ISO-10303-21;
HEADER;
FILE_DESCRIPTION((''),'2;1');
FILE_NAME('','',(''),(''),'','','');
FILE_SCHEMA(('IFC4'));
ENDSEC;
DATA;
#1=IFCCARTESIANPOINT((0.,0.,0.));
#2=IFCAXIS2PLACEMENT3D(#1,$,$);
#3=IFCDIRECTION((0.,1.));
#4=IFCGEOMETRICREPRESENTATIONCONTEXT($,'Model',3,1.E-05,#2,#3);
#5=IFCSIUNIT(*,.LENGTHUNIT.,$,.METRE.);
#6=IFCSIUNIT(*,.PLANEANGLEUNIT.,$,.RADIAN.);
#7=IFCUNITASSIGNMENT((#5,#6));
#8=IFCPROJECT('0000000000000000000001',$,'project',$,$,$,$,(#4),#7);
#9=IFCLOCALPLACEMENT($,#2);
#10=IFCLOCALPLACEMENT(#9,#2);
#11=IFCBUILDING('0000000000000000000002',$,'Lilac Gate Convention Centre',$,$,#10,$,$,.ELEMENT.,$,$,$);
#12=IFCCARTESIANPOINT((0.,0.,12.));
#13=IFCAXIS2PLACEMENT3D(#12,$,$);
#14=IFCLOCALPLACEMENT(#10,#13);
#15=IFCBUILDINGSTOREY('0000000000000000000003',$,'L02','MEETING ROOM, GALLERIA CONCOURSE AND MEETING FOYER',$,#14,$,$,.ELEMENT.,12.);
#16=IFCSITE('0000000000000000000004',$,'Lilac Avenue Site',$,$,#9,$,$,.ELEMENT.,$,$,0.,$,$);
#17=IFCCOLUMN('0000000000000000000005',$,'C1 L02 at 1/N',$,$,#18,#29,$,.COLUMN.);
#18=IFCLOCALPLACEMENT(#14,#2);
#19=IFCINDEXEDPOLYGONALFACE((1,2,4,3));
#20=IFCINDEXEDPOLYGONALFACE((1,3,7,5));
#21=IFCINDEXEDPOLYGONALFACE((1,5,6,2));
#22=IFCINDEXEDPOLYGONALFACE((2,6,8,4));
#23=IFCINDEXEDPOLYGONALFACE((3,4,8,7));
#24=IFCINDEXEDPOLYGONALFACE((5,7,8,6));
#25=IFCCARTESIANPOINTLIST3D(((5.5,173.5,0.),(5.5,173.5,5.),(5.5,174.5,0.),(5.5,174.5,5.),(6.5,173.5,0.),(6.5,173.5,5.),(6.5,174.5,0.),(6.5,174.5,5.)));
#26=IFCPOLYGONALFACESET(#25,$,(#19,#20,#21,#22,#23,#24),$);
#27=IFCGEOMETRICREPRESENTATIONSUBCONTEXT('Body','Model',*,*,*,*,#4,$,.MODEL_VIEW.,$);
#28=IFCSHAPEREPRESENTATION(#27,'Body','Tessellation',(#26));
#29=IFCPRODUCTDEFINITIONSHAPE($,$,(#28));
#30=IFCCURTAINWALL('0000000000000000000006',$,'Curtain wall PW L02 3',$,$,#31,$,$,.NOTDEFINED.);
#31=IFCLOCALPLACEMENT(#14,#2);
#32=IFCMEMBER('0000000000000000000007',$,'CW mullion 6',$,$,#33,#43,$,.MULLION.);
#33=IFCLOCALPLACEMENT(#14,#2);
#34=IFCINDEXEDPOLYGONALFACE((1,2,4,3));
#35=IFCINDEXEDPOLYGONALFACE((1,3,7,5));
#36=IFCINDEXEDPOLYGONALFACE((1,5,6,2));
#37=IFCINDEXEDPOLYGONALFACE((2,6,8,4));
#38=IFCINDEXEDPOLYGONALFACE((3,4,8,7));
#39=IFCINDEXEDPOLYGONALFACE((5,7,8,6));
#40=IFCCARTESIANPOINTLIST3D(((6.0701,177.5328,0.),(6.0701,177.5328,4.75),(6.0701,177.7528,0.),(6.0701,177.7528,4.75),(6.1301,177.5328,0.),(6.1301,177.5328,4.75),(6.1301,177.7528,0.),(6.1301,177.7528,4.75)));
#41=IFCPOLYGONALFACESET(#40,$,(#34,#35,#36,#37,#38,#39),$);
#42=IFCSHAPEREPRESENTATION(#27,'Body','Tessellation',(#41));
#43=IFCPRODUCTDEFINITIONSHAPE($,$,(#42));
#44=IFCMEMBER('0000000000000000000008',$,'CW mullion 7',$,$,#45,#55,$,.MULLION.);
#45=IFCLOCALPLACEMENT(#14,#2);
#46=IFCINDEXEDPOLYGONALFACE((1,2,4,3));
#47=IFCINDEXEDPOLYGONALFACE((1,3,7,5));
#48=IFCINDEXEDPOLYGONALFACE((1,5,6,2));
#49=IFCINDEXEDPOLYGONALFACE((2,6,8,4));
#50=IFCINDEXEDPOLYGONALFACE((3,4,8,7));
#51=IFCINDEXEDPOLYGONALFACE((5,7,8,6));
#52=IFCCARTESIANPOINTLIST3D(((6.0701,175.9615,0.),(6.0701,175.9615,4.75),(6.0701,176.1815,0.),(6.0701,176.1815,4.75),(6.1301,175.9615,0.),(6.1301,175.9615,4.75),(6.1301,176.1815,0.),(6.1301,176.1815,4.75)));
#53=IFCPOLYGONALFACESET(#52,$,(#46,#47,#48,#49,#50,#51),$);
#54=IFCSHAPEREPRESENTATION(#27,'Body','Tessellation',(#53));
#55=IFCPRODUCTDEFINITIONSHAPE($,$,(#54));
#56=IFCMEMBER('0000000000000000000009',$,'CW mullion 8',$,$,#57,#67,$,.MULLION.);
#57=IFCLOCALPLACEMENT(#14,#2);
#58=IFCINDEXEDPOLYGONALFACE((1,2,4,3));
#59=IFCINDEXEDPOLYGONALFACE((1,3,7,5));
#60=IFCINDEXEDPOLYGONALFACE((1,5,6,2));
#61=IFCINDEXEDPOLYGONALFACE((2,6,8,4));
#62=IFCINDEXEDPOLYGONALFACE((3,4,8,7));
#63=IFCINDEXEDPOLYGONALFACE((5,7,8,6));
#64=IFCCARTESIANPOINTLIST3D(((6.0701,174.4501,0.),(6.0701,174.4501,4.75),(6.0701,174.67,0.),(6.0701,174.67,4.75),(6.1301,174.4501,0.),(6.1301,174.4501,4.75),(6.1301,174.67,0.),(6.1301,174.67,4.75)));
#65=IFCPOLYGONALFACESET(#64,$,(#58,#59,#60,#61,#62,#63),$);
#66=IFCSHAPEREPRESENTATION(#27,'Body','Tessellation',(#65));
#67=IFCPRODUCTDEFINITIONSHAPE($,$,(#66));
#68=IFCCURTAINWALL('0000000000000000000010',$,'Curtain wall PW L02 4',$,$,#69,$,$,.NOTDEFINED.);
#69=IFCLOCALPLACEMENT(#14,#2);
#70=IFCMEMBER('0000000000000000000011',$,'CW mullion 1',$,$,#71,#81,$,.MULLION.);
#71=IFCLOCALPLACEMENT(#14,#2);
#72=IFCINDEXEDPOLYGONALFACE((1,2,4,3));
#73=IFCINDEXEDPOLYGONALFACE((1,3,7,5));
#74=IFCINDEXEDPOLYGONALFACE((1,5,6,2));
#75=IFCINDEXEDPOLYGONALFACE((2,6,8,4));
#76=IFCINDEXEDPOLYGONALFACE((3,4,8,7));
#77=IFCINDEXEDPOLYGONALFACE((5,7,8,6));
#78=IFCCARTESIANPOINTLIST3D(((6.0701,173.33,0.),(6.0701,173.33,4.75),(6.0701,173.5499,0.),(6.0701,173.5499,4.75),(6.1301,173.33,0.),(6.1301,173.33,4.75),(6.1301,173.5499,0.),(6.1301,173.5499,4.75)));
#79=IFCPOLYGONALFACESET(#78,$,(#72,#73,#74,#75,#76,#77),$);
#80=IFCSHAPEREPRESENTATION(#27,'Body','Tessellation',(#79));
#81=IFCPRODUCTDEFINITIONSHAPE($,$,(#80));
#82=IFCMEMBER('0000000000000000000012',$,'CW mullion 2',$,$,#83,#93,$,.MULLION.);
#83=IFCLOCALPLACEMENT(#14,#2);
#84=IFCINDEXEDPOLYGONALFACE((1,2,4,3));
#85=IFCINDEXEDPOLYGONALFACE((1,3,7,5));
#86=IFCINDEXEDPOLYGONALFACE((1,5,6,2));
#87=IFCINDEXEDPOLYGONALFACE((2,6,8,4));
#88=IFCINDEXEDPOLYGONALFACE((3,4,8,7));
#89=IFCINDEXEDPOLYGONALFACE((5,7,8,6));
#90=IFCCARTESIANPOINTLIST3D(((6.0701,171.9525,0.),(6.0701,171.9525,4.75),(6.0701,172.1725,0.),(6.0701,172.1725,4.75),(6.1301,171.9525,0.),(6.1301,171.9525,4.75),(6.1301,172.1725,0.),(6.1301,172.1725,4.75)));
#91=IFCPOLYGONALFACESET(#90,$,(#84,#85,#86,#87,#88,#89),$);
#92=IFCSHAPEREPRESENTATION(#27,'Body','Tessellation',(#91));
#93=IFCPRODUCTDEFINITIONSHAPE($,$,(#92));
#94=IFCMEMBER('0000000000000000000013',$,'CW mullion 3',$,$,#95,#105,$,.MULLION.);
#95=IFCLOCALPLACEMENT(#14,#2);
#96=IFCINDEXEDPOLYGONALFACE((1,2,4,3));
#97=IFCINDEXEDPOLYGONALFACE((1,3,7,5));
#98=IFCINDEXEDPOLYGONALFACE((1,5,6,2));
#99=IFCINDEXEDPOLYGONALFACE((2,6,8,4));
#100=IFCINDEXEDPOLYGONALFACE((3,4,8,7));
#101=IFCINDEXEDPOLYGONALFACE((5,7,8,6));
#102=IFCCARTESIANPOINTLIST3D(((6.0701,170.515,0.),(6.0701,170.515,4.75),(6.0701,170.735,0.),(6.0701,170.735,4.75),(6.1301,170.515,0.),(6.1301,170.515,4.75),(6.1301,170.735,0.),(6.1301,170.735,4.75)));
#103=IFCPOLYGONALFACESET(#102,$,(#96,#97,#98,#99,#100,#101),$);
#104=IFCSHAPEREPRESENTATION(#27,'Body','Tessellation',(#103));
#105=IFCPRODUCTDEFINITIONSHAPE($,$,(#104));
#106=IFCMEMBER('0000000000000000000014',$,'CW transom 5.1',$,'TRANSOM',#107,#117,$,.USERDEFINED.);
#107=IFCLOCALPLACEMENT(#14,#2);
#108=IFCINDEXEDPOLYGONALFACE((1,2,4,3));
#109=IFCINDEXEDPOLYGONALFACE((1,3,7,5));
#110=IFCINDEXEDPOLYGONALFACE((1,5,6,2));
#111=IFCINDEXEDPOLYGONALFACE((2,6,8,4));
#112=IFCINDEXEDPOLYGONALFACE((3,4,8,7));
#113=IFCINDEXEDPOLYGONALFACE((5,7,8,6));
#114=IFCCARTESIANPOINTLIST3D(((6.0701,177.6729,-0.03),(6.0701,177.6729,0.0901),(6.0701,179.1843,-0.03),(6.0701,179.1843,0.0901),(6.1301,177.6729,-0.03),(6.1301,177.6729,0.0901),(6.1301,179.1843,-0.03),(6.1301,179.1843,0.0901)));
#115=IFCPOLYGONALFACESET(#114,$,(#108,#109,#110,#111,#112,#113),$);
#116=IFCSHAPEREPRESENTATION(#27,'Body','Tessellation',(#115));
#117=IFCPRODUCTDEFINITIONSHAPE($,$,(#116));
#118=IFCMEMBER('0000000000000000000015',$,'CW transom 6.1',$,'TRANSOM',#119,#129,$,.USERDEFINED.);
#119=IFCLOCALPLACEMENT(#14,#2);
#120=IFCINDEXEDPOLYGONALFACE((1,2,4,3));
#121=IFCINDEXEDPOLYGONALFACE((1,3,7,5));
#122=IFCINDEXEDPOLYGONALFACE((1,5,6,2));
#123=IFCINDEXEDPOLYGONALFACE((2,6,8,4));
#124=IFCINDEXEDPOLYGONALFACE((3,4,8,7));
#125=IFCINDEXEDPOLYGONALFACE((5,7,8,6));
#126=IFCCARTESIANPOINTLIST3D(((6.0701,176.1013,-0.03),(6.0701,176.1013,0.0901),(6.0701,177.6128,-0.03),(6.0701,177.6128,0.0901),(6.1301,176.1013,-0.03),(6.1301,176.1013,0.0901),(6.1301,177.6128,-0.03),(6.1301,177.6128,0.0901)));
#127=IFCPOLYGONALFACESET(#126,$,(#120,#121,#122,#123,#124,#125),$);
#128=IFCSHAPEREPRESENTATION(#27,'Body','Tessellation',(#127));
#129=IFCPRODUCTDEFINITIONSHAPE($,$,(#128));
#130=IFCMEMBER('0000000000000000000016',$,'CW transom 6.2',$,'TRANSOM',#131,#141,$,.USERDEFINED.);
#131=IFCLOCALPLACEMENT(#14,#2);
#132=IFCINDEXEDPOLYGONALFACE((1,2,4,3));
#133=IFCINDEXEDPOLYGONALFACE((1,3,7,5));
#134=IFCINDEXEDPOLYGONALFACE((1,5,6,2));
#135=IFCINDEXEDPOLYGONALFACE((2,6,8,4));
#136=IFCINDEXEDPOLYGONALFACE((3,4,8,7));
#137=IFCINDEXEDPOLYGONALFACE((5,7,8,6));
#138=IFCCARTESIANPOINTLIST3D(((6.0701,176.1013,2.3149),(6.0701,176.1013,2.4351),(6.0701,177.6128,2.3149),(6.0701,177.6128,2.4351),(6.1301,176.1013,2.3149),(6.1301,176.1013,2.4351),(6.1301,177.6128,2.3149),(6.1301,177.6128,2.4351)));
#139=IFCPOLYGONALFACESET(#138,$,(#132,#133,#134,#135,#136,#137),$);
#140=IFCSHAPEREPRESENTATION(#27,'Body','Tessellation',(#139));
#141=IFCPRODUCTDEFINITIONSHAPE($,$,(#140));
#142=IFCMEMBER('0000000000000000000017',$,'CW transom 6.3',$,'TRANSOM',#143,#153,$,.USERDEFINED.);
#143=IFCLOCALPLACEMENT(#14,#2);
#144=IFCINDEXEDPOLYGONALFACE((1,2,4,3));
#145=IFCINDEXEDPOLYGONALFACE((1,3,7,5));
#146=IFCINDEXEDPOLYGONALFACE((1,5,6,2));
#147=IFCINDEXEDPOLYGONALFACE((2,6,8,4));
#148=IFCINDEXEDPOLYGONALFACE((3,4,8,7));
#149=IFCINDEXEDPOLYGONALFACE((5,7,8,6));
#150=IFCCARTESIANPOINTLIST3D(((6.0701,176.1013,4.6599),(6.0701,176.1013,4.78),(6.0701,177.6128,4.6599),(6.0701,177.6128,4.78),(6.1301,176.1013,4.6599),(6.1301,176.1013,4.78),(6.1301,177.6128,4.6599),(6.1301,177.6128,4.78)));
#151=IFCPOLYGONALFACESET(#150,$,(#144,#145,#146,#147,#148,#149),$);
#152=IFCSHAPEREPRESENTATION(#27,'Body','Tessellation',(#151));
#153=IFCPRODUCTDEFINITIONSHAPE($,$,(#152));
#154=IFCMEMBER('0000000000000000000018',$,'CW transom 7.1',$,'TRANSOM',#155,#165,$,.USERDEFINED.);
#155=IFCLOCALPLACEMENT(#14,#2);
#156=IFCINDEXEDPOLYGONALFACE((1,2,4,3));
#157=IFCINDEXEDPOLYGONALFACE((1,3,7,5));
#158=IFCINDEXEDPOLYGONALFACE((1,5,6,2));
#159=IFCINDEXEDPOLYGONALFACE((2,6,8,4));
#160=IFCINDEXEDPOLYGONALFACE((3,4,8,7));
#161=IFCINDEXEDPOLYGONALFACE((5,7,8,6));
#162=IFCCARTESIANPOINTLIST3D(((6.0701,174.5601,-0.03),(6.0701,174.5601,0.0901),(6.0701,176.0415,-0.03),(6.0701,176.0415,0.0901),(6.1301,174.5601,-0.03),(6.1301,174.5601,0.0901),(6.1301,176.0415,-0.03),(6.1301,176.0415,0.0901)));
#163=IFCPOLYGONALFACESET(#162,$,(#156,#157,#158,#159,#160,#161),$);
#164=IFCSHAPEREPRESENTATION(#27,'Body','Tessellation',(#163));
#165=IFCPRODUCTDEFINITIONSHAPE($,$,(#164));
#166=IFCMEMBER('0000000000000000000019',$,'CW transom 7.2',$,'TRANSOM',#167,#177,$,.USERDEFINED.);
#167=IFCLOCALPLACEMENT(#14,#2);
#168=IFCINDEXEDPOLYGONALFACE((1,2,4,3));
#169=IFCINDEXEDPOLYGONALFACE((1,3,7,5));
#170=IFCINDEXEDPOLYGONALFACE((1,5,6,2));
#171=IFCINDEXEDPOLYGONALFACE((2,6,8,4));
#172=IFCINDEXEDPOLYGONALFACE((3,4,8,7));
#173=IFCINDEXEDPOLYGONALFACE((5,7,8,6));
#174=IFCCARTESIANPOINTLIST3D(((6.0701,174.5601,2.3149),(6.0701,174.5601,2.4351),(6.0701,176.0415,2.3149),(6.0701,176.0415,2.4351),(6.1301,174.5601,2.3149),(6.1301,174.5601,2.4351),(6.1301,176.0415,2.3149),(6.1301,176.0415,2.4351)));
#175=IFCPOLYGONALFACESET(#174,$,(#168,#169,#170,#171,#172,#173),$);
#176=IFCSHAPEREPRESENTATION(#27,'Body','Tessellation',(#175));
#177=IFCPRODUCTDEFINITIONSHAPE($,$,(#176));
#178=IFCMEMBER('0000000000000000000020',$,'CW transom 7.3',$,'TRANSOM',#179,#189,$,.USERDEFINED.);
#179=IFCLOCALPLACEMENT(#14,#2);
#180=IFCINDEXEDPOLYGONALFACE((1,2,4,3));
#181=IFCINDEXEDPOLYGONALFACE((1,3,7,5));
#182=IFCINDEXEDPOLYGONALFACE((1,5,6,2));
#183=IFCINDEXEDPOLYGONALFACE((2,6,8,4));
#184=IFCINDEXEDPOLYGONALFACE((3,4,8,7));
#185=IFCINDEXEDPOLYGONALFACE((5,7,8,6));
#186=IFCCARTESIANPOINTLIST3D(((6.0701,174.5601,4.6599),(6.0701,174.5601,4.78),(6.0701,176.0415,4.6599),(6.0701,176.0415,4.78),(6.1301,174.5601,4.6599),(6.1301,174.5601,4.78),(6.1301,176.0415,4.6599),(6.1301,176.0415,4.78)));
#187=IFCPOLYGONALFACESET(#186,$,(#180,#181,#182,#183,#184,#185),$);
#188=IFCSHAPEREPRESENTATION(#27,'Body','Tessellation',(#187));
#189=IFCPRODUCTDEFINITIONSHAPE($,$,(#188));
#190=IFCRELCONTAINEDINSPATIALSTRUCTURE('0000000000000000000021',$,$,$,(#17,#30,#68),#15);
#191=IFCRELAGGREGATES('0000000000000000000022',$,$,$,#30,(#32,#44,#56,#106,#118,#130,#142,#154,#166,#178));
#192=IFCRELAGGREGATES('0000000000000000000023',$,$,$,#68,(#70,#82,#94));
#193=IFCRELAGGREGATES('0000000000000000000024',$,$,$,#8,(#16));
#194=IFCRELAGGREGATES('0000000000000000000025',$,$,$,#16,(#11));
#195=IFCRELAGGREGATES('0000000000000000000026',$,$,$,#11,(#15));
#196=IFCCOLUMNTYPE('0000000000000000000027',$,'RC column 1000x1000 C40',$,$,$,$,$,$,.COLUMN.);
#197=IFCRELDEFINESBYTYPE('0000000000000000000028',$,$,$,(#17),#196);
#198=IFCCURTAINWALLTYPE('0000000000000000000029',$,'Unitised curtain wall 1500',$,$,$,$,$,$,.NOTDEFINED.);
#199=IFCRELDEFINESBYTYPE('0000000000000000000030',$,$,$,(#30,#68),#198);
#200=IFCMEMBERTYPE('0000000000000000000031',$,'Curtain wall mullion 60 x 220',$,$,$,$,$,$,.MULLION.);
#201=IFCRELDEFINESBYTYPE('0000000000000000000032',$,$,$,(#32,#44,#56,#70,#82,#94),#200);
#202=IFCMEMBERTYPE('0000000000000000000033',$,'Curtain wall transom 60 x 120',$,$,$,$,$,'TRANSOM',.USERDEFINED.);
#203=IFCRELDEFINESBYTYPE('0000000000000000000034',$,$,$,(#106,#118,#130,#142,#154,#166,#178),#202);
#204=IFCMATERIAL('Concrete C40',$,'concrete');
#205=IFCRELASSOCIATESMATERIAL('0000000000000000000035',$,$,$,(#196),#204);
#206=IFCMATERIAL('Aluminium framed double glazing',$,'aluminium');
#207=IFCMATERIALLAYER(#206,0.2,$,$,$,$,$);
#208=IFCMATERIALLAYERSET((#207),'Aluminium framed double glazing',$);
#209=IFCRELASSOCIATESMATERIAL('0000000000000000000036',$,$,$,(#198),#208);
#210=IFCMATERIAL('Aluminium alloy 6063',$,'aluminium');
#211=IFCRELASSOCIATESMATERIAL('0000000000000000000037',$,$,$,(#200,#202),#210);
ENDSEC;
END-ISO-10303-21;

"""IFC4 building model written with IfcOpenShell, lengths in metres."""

from ifc_helpers import new_model, si_unit, direction, frame, origin, origin_2d, place, context, subcontext, project, spatial, rectangle, extrude, material, layer, layer_set, material_profile, profile_set, type_object, element, aggregate, save


model = new_model("IFC4")

# Units and contexts
model_context = context("Model", 3, precision=1e-05, world=origin(), true_north=direction((0.0, 1.0)))
body_context = subcontext(model_context, "Body", "Model", "MODEL_VIEW")
ifc_project = project(units=[si_unit("LENGTHUNIT", "METRE"), si_unit("PLANEANGLEUNIT", "RADIAN")], contexts=[model_context])

# Site, building, storey
site_placement = place(None, origin())
site = spatial("IfcSite", under=ifc_project, at=site_placement, Name="Lilac Avenue Site", CompositionType="ELEMENT", RefElevation=0.0)
building_placement = place(site_placement, origin())
building = spatial("IfcBuilding", under=site, at=building_placement, Name="Lilac Gate Convention Centre", CompositionType="ELEMENT")
storey_placement = place(building_placement, frame((0.0, 0.0, 12.0)))
storey = spatial("IfcBuildingStorey", under=building, at=storey_placement, Name="L02", Description="MEETING ROOM, GALLERIA CONCOURSE AND MEETING FOYER", CompositionType="ELEMENT", Elevation=12.0)

# Column
ifc_material_1 = material(Name="Concrete C40", Category="concrete")
ifc_material_profile_1 = material_profile(ifc_material_1, rectangle(XDim=1.0, YDim=1.0, at=origin_2d()), Name="RC 1000x1000")
ifc_profile_set_1 = profile_set([ifc_material_profile_1], Name="Concrete C40")
column_type = type_object("IfcColumnType", Name="RC column 1000x1000 C40", PredefinedType="COLUMN", material=ifc_profile_set_1)
column_placement = place(storey_placement, frame((6.0, 174.0, 0.0), z_axis=(0.0, 0.0, 1.0), x_axis=(1.0, 0.0, 0.0)))
element("IfcColumn", 1, at=column_placement, inside=storey, type_object=column_type, Name="C1 L02 at 1/N", PredefinedType="COLUMN", context=body_context, shape_type="SweptSolid", body=[
    extrude(rectangle(XDim=1.0, YDim=1.0, at=origin_2d()), origin(), (0.0, 0.0, 1.0), 5.0),
])

# Curtain walls, members
ifc_material_2 = material(Name="Aluminium framed double glazing", Category="aluminium")
ifc_layer_1 = layer(ifc_material_2, 0.2)
ifc_layer_set_1 = layer_set([ifc_layer_1], Name="Aluminium framed double glazing")
curtain_wall_type = type_object("IfcCurtainWallType", Name="Unitised curtain wall 1500", PredefinedType="NOTDEFINED", material=ifc_layer_set_1)
curtain_wall_1_placement = place(storey_placement, origin())
curtain_wall_1 = element("IfcCurtainWall", 2, at=curtain_wall_1_placement, inside=storey, type_object=curtain_wall_type, Name="Curtain wall PW L02 3", PredefinedType="NOTDEFINED")
ifc_material_3 = material(Name="Aluminium alloy 6063", Category="aluminium")
ifc_material_profile_2 = material_profile(ifc_material_3, rectangle(XDim=0.0601, YDim=0.22, at=origin_2d()), Name="Curtain wall mullion 60 x 220")
ifc_profile_set_2 = profile_set([ifc_material_profile_2], Name="Aluminium alloy 6063")
member_type_1 = type_object("IfcMemberType", Name="Curtain wall mullion 60 x 220", PredefinedType="MULLION", material=ifc_profile_set_2)
member_1_placement = place(storey_placement, frame((6.1001, 177.6428, 0.0), z_axis=(0.0, 0.0, 1.0), x_axis=(1.0, 0.0, 0.0)))
member_1 = element("IfcMember", 3, at=member_1_placement, type_object=member_type_1, Name="CW mullion 6", PredefinedType="MULLION", context=body_context, shape_type="SweptSolid", body=[
    extrude(rectangle(XDim=0.0601, YDim=0.22, at=origin_2d()), origin(), (0.0, 0.0, 1.0), 4.75),
])
member_2_placement = place(storey_placement, frame((6.1001, 176.0715, 0.0), z_axis=(0.0, 0.0, 1.0), x_axis=(1.0, 0.0, 0.0)))
member_2 = element("IfcMember", 4, at=member_2_placement, type_object=member_type_1, Name="CW mullion 7", PredefinedType="MULLION", context=body_context, shape_type="SweptSolid", body=[
    extrude(rectangle(XDim=0.0601, YDim=0.22, at=origin_2d()), origin(), (0.0, 0.0, 1.0), 4.75),
])
member_3_placement = place(storey_placement, frame((6.1001, 174.5601, 0.0), z_axis=(0.0, 0.0, 1.0), x_axis=(1.0, 0.0, 0.0)))
member_3 = element("IfcMember", 5, at=member_3_placement, type_object=member_type_1, Name="CW mullion 8", PredefinedType="MULLION", context=body_context, shape_type="SweptSolid", body=[
    extrude(rectangle(XDim=0.0601, YDim=0.22, at=origin_2d()), origin(), (0.0, 0.0, 1.0), 4.75),
])
curtain_wall_2_placement = place(storey_placement, origin())
curtain_wall_2 = element("IfcCurtainWall", 6, at=curtain_wall_2_placement, inside=storey, type_object=curtain_wall_type, Name="Curtain wall PW L02 4", PredefinedType="NOTDEFINED")
member_4_placement = place(storey_placement, frame((6.1001, 173.4399, 0.0), z_axis=(0.0, 0.0, 1.0), x_axis=(1.0, 0.0, 0.0)))
member_4 = element("IfcMember", 7, at=member_4_placement, type_object=member_type_1, Name="CW mullion 1", PredefinedType="MULLION", context=body_context, shape_type="SweptSolid", body=[
    extrude(rectangle(XDim=0.0601, YDim=0.22, at=origin_2d()), origin(), (0.0, 0.0, 1.0), 4.75),
])
member_5_placement = place(storey_placement, frame((6.1001, 172.0625, 0.0), z_axis=(0.0, 0.0, 1.0), x_axis=(1.0, 0.0, 0.0)))
member_5 = element("IfcMember", 8, at=member_5_placement, type_object=member_type_1, Name="CW mullion 2", PredefinedType="MULLION", context=body_context, shape_type="SweptSolid", body=[
    extrude(rectangle(XDim=0.0601, YDim=0.22, at=origin_2d()), origin(), (0.0, 0.0, 1.0), 4.75),
])
member_6_placement = place(storey_placement, frame((6.1001, 170.625, 0.0), z_axis=(0.0, 0.0, 1.0), x_axis=(1.0, 0.0, 0.0)))
member_6 = element("IfcMember", 9, at=member_6_placement, type_object=member_type_1, Name="CW mullion 3", PredefinedType="MULLION", context=body_context, shape_type="SweptSolid", body=[
    extrude(rectangle(XDim=0.0601, YDim=0.22, at=origin_2d()), origin(), (0.0, 0.0, 1.0), 4.75),
])

# Members
ifc_material_profile_3 = material_profile(ifc_material_3, rectangle(XDim=0.0601, YDim=0.1201, at=origin_2d()), Name="Curtain wall transom 60 x 120")
ifc_profile_set_3 = profile_set([ifc_material_profile_3], Name="Aluminium alloy 6063")
member_type_2 = type_object("IfcMemberType", Name="Curtain wall transom 60 x 120", ElementType="TRANSOM", PredefinedType="USERDEFINED", material=ifc_profile_set_3)
member_7_placement = place(storey_placement, frame((6.1001, 179.1843, 0.03), z_axis=(0.0, -1.0, 0.0), x_axis=(1.0, 0.0, 0.0)))
member_7 = element("IfcMember", 10, at=member_7_placement, type_object=member_type_2, Name="CW transom 5.1", ObjectType="TRANSOM", PredefinedType="USERDEFINED", context=body_context, shape_type="SweptSolid", body=[
    extrude(rectangle(XDim=0.0601, YDim=0.1201, at=origin_2d()), origin(), (0.0, 0.0, 1.0), 1.5115),
])
member_8_placement = place(storey_placement, frame((6.1001, 177.6128, 0.03), z_axis=(0.0, -1.0, 0.0), x_axis=(1.0, 0.0, 0.0)))
member_8 = element("IfcMember", 11, at=member_8_placement, type_object=member_type_2, Name="CW transom 6.1", ObjectType="TRANSOM", PredefinedType="USERDEFINED", context=body_context, shape_type="SweptSolid", body=[
    extrude(rectangle(XDim=0.0601, YDim=0.1201, at=origin_2d()), origin(), (0.0, 0.0, 1.0), 1.5115),
])
member_9_placement = place(storey_placement, frame((6.1001, 177.6128, 2.375), z_axis=(0.0, -1.0, 0.0), x_axis=(1.0, 0.0, 0.0)))
member_9 = element("IfcMember", 12, at=member_9_placement, type_object=member_type_2, Name="CW transom 6.2", ObjectType="TRANSOM", PredefinedType="USERDEFINED", context=body_context, shape_type="SweptSolid", body=[
    extrude(rectangle(XDim=0.0601, YDim=0.1201, at=origin_2d()), origin(), (0.0, 0.0, 1.0), 1.5115),
])
member_10_placement = place(storey_placement, frame((6.1001, 177.6128, 4.72), z_axis=(0.0, -1.0, 0.0), x_axis=(1.0, 0.0, 0.0)))
member_10 = element("IfcMember", 13, at=member_10_placement, type_object=member_type_2, Name="CW transom 6.3", ObjectType="TRANSOM", PredefinedType="USERDEFINED", context=body_context, shape_type="SweptSolid", body=[
    extrude(rectangle(XDim=0.0601, YDim=0.1201, at=origin_2d()), origin(), (0.0, 0.0, 1.0), 1.5115),
])
member_11_placement = place(storey_placement, frame((6.1001, 176.0415, 0.03), z_axis=(0.0, -1.0, 0.0), x_axis=(1.0, 0.0, 0.0)))
member_11 = element("IfcMember", 14, at=member_11_placement, type_object=member_type_2, Name="CW transom 7.1", ObjectType="TRANSOM", PredefinedType="USERDEFINED", context=body_context, shape_type="SweptSolid", body=[
    extrude(rectangle(XDim=0.0601, YDim=0.1201, at=origin_2d()), origin(), (0.0, 0.0, 1.0), 1.4814),
])
member_12_placement = place(storey_placement, frame((6.1001, 176.0415, 2.375), z_axis=(0.0, -1.0, 0.0), x_axis=(1.0, 0.0, 0.0)))
member_12 = element("IfcMember", 15, at=member_12_placement, type_object=member_type_2, Name="CW transom 7.2", ObjectType="TRANSOM", PredefinedType="USERDEFINED", context=body_context, shape_type="SweptSolid", body=[
    extrude(rectangle(XDim=0.0601, YDim=0.1201, at=origin_2d()), origin(), (0.0, 0.0, 1.0), 1.4814),
])
member_13_placement = place(storey_placement, frame((6.1001, 176.0415, 4.72), z_axis=(0.0, -1.0, 0.0), x_axis=(1.0, 0.0, 0.0)))
member_13 = element("IfcMember", 16, at=member_13_placement, type_object=member_type_2, Name="CW transom 7.3", ObjectType="TRANSOM", PredefinedType="USERDEFINED", context=body_context, shape_type="SweptSolid", body=[
    extrude(rectangle(XDim=0.0601, YDim=0.1201, at=origin_2d()), origin(), (0.0, 0.0, 1.0), 1.4814),
])

aggregate(curtain_wall_1, [member_1, member_2, member_3, member_7, member_8, member_9, member_10, member_11, member_12, member_13])
aggregate(curtain_wall_2, [member_4, member_5, member_6])

save(model, "model.ifc")
